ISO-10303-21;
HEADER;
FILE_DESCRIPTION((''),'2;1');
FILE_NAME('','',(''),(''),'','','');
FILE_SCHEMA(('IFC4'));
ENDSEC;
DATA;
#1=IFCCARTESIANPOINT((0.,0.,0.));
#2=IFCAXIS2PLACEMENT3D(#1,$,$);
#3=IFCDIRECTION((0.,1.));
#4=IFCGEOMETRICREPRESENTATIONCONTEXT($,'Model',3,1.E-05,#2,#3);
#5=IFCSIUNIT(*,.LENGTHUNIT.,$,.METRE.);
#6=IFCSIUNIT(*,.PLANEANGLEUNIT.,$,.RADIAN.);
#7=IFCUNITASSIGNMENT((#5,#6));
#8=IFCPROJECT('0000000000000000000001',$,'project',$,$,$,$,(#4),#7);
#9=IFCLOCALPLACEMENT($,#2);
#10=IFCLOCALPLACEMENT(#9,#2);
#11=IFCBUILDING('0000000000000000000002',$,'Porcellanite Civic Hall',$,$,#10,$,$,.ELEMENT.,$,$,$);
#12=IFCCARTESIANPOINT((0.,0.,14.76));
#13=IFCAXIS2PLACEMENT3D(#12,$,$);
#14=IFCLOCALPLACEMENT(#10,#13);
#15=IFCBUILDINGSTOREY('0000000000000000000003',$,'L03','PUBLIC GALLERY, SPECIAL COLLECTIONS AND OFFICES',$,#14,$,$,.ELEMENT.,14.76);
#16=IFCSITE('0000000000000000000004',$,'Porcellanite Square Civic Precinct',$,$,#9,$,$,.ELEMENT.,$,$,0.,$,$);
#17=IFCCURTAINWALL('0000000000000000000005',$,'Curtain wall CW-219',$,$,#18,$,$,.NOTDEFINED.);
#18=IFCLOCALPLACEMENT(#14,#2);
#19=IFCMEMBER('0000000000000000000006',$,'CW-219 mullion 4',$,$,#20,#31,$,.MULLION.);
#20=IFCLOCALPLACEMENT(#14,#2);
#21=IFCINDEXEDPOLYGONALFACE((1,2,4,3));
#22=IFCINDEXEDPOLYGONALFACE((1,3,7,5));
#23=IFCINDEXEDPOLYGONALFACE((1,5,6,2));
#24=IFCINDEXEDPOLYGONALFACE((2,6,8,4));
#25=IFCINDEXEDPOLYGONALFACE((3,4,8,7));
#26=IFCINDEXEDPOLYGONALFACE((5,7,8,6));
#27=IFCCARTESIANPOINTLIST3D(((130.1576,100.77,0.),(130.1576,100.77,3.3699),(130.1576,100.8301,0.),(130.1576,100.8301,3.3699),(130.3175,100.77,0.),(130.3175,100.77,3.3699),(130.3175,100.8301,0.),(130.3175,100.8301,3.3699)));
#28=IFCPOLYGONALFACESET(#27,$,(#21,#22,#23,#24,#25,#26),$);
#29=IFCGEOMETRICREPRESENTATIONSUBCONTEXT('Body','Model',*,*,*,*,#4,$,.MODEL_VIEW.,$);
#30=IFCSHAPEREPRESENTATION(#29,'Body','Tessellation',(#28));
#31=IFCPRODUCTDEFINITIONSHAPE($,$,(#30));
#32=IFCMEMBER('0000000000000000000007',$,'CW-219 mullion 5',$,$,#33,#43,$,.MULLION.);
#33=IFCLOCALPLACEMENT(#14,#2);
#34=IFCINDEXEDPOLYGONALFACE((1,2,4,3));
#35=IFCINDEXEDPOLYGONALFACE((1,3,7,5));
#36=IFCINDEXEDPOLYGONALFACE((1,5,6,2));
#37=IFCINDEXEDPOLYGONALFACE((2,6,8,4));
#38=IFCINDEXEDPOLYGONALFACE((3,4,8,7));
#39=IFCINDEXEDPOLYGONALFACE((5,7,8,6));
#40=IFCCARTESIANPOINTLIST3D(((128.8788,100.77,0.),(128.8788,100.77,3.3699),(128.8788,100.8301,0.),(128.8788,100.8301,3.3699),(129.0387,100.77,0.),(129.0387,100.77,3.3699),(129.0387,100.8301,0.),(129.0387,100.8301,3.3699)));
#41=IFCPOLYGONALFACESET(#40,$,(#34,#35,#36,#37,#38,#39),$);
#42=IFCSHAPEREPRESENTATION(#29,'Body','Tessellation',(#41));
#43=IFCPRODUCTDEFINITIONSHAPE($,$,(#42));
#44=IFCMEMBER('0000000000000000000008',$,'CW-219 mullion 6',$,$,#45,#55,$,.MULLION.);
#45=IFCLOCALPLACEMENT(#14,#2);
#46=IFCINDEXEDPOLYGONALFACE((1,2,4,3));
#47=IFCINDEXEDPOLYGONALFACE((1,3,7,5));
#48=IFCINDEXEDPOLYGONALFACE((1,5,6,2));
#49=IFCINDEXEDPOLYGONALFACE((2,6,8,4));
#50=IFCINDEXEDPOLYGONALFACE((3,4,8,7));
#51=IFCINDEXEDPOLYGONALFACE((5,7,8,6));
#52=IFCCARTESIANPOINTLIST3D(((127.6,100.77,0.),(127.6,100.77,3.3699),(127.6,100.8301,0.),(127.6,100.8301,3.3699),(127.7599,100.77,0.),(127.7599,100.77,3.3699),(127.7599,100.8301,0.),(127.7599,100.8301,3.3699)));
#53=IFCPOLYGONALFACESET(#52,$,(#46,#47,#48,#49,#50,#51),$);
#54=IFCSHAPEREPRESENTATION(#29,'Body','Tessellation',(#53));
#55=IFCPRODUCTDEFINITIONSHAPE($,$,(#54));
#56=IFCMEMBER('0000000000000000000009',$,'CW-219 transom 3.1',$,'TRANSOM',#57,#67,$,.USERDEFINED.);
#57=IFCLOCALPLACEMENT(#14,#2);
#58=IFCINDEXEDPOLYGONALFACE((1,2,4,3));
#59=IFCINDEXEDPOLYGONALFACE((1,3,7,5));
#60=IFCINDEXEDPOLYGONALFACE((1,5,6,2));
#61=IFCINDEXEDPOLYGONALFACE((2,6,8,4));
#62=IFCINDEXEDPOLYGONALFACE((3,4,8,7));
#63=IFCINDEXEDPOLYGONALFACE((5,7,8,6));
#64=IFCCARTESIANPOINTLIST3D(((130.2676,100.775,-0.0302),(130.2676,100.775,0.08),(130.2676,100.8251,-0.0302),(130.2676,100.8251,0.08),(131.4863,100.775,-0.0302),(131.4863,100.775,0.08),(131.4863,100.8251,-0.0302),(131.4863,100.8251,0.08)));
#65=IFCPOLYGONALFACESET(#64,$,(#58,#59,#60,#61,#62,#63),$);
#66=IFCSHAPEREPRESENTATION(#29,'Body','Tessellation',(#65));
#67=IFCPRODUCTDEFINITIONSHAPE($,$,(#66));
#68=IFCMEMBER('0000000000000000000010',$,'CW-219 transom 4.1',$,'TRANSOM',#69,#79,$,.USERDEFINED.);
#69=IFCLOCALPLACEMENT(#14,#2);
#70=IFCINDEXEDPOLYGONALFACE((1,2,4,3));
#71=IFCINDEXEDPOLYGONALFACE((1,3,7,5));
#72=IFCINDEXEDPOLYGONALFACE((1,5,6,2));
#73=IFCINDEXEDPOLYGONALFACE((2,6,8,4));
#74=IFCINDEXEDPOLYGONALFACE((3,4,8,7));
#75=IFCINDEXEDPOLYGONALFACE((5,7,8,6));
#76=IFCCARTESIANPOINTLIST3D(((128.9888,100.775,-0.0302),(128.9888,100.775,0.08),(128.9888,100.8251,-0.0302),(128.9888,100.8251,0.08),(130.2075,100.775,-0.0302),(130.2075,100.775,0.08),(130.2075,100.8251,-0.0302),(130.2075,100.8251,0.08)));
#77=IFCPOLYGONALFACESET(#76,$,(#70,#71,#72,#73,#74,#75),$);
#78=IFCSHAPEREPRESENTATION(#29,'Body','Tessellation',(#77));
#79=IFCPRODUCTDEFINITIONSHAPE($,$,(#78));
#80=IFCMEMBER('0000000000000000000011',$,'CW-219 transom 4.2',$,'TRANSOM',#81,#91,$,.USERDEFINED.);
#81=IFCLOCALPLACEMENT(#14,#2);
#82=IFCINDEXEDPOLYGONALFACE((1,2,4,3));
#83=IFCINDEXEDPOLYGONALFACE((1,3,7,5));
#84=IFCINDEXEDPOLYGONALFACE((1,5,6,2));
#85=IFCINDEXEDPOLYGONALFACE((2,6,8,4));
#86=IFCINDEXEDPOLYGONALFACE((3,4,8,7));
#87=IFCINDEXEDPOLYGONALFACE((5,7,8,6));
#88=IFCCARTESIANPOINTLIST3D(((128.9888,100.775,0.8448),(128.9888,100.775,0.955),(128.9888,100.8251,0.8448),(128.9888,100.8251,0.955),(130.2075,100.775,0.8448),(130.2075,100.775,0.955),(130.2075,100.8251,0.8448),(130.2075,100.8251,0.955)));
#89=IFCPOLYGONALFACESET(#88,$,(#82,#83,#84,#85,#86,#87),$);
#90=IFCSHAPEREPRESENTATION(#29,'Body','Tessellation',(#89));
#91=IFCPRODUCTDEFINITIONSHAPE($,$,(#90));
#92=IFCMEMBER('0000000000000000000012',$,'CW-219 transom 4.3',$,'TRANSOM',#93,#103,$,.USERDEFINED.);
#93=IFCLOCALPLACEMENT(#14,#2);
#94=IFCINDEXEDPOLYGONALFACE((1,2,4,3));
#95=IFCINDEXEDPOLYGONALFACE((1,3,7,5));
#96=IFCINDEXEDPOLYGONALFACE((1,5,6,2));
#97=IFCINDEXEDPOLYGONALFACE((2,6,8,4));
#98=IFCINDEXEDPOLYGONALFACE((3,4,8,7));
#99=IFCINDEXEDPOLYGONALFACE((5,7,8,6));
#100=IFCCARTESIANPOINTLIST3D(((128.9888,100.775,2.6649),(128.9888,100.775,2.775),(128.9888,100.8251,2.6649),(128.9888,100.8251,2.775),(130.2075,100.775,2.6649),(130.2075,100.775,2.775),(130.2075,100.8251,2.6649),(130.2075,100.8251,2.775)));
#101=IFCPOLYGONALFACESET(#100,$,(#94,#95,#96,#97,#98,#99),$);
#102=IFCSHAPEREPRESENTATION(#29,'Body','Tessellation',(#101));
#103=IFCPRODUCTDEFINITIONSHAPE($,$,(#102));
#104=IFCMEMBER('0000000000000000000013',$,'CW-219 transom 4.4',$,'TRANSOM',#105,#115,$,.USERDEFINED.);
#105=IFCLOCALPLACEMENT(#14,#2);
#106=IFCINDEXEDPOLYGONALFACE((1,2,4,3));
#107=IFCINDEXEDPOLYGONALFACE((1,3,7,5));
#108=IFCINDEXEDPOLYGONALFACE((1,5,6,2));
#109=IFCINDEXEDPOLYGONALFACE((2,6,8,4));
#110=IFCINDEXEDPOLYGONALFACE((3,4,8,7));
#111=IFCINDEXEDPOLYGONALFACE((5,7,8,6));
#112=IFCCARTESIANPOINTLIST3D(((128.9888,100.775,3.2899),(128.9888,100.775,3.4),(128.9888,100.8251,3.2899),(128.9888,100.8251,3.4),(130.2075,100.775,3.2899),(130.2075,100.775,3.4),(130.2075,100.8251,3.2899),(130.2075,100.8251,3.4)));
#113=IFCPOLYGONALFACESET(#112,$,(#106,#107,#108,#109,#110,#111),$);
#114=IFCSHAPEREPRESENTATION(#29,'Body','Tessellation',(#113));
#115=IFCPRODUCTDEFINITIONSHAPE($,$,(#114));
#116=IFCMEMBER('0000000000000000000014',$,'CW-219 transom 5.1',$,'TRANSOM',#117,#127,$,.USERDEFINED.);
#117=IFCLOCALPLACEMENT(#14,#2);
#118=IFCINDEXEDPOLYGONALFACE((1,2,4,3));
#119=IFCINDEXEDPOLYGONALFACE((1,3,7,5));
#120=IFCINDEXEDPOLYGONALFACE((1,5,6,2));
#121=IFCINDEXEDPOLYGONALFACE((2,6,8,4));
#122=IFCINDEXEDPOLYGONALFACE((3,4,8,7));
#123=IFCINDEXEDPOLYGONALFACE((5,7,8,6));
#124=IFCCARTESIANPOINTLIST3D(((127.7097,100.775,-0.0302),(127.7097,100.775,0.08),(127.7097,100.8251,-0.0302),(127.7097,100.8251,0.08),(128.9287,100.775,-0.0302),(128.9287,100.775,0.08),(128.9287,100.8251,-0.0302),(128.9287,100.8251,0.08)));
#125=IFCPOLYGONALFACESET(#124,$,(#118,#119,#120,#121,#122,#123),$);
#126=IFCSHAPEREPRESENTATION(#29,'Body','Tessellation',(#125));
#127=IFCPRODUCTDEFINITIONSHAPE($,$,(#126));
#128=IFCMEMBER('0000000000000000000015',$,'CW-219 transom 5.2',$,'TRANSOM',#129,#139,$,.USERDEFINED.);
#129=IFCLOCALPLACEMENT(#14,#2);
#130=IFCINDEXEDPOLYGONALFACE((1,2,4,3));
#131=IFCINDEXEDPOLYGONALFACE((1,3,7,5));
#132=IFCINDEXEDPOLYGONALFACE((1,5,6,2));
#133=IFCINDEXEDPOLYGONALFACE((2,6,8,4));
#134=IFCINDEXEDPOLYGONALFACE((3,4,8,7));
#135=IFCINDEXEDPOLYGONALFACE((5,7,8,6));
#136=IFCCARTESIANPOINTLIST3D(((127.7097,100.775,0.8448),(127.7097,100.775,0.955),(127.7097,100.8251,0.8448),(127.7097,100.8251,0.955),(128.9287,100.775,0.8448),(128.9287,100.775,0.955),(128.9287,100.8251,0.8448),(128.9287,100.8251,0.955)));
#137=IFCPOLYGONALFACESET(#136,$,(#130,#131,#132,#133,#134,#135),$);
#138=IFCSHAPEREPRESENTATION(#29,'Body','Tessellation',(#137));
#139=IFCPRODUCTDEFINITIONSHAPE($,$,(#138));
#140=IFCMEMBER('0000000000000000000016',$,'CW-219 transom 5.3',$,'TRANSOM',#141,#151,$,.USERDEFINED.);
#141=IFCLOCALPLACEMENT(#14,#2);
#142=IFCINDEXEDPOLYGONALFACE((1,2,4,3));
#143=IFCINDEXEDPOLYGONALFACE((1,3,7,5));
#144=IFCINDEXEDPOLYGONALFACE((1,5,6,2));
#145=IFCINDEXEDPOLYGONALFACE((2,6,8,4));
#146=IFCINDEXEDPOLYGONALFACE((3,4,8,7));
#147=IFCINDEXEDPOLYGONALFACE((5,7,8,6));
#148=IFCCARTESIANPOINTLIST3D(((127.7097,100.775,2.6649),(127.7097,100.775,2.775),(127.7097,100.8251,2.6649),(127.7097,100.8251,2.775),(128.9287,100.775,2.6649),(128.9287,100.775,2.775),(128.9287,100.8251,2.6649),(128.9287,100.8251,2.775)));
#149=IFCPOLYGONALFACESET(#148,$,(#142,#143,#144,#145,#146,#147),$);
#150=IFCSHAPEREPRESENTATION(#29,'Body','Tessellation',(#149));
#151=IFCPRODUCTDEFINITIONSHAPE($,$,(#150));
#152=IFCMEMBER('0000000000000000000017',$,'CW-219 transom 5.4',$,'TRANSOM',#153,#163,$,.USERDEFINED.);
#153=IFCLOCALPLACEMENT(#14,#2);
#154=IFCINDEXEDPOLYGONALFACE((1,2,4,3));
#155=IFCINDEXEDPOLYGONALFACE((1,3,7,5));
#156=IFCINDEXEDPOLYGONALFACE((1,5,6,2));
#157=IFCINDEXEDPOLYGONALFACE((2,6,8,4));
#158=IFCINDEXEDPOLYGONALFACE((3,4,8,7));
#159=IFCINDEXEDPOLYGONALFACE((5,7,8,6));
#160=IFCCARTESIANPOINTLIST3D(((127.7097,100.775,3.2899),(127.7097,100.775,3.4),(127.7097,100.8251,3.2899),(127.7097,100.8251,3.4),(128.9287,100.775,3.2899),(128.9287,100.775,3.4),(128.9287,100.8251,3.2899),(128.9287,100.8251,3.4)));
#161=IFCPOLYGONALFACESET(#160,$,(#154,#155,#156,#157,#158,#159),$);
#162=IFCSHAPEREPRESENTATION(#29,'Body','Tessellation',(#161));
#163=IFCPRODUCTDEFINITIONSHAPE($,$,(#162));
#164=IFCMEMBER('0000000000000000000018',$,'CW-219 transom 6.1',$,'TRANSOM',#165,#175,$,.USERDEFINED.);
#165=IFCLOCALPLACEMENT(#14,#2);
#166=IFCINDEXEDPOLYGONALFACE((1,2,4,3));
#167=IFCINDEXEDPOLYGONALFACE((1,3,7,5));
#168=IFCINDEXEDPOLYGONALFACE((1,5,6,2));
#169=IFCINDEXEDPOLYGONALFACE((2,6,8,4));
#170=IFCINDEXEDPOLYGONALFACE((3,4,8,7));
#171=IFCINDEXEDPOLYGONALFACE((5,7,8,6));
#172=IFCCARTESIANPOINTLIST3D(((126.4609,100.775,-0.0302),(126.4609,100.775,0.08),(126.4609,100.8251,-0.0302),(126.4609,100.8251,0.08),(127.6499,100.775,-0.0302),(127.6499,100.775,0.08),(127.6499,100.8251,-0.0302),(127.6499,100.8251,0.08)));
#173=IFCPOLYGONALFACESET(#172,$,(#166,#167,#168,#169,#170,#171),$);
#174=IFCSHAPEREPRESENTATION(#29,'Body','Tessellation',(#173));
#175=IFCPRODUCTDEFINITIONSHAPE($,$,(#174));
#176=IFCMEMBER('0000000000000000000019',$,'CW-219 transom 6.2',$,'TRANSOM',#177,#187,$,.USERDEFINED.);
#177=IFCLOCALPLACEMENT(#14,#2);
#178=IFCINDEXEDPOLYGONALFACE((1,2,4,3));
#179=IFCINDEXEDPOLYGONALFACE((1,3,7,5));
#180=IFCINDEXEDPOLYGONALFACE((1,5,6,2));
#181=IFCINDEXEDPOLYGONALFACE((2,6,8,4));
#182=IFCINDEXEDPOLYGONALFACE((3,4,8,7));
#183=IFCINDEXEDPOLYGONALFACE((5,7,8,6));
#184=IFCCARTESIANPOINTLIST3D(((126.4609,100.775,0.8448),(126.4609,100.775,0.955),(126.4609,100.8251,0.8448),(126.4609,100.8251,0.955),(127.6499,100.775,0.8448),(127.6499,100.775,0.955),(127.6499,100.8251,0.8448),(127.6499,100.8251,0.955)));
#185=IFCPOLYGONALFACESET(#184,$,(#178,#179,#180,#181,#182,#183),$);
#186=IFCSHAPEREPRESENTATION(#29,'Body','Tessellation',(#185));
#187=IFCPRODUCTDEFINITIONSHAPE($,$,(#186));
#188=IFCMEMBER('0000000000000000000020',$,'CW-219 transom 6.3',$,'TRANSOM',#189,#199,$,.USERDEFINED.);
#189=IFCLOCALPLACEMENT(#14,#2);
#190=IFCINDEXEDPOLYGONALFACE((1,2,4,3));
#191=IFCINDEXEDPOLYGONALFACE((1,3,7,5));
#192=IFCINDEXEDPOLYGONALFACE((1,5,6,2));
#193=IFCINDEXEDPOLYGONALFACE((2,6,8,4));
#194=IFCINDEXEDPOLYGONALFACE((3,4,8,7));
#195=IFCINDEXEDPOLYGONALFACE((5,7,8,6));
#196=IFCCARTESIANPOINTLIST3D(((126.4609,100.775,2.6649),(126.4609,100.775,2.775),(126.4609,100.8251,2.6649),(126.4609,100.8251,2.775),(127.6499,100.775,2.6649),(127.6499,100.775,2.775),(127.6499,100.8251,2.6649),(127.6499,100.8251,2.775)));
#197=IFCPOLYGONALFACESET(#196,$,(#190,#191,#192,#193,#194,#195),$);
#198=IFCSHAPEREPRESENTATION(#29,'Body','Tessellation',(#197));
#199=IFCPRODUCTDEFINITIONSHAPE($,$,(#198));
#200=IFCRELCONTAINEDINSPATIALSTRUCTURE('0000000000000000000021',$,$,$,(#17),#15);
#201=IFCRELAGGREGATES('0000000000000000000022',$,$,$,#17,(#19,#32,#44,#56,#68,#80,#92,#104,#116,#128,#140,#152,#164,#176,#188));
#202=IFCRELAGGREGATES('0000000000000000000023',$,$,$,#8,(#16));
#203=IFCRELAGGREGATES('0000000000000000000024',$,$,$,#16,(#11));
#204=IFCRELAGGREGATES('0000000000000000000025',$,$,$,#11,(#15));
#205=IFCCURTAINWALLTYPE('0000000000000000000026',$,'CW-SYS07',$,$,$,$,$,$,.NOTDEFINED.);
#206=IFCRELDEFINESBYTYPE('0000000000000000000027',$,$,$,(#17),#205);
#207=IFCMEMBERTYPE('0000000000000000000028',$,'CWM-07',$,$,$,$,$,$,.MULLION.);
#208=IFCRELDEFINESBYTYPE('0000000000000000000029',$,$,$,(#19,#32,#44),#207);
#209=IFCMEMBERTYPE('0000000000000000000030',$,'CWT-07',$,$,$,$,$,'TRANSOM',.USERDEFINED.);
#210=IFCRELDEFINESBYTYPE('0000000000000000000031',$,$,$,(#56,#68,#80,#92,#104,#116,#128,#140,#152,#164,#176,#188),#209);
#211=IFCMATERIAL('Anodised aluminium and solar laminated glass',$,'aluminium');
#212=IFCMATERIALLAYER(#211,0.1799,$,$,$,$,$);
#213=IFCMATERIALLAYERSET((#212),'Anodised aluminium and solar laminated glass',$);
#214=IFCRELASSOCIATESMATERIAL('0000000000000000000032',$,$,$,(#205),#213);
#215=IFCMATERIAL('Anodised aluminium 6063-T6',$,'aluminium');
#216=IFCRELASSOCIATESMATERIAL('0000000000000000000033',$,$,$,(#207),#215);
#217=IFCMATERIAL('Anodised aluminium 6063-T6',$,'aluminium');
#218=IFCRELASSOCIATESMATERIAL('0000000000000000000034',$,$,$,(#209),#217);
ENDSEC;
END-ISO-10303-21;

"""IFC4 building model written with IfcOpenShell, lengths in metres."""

from ifc_helpers import new_model, si_unit, direction, frame, origin, origin_2d, place, context, subcontext, project, spatial, rectangle, extrude, material, layer, layer_set, material_profile, profile_set, type_object, element, aggregate, save


model = new_model("IFC4")

# Units and contexts
model_context = context("Model", 3, precision=1e-05, world=origin(), true_north=direction((0.0, 1.0)))
body_context = subcontext(model_context, "Body", "Model", "MODEL_VIEW")
ifc_project = project(units=[si_unit("LENGTHUNIT", "METRE"), si_unit("PLANEANGLEUNIT", "RADIAN")], contexts=[model_context])

# Site, building, storey
site_placement = place(None, origin())
site = spatial("IfcSite", under=ifc_project, at=site_placement, Name="Porcellanite Square Civic Precinct", CompositionType="ELEMENT", RefElevation=0.0)
building_placement = place(site_placement, origin())
building = spatial("IfcBuilding", under=site, at=building_placement, Name="Porcellanite Civic Hall", CompositionType="ELEMENT")
storey_placement = place(building_placement, frame((0.0, 0.0, 14.76)))
storey = spatial("IfcBuildingStorey", under=building, at=storey_placement, Name="L03", Description="PUBLIC GALLERY, SPECIAL COLLECTIONS AND OFFICES", CompositionType="ELEMENT", Elevation=14.76)

# Curtain wall, members
ifc_material_1 = material(Name="Anodised aluminium and solar laminated glass", Category="aluminium")
ifc_layer_1 = layer(ifc_material_1, 0.1799)
ifc_layer_set_1 = layer_set([ifc_layer_1], Name="Anodised aluminium and solar laminated glass")
curtain_wall_type = type_object("IfcCurtainWallType", Name="CW-SYS07", PredefinedType="NOTDEFINED", material=ifc_layer_set_1)
curtain_wall_placement = place(storey_placement, origin())
curtain_wall = element("IfcCurtainWall", 1, at=curtain_wall_placement, inside=storey, type_object=curtain_wall_type, Name="Curtain wall CW-219", PredefinedType="NOTDEFINED")
ifc_material_2 = material(Name="Anodised aluminium 6063-T6", Category="aluminium")
ifc_material_profile_1 = material_profile(ifc_material_2, rectangle(XDim=0.0601, YDim=0.1599, at=origin_2d()), Name="AL-60x160")
ifc_profile_set_1 = profile_set([ifc_material_profile_1], Name="Anodised aluminium 6063-T6")
member_type_1 = type_object("IfcMemberType", Name="CWM-07", PredefinedType="MULLION", material=ifc_profile_set_1)
member_1_placement = place(storey_placement, frame((130.2375, 100.8, 0.0), z_axis=(0.0, 0.0, 1.0), x_axis=(0.0, -1.0, 0.0)))
member_1 = element("IfcMember", 2, at=member_1_placement, type_object=member_type_1, Name="CW-219 mullion 4", PredefinedType="MULLION", context=body_context, shape_type="SweptSolid", body=[
    extrude(rectangle(XDim=0.0601, YDim=0.1599, at=origin_2d()), origin(), (0.0, 0.0, 1.0), 3.3699),
])
member_2_placement = place(storey_placement, frame((128.9587, 100.8, 0.0), z_axis=(0.0, 0.0, 1.0), x_axis=(0.0, -1.0, 0.0)))
member_2 = element("IfcMember", 3, at=member_2_placement, type_object=member_type_1, Name="CW-219 mullion 5", PredefinedType="MULLION", context=body_context, shape_type="SweptSolid", body=[
    extrude(rectangle(XDim=0.0601, YDim=0.1599, at=origin_2d()), origin(), (0.0, 0.0, 1.0), 3.3699),
])
member_3_placement = place(storey_placement, frame((127.6799, 100.8, 0.0), z_axis=(0.0, 0.0, 1.0), x_axis=(0.0, -1.0, 0.0)))
member_3 = element("IfcMember", 4, at=member_3_placement, type_object=member_type_1, Name="CW-219 mullion 6", PredefinedType="MULLION", context=body_context, shape_type="SweptSolid", body=[
    extrude(rectangle(XDim=0.0601, YDim=0.1599, at=origin_2d()), origin(), (0.0, 0.0, 1.0), 3.3699),
])
ifc_material_3 = material(Name="Anodised aluminium 6063-T6", Category="aluminium")
ifc_material_profile_2 = material_profile(ifc_material_3, rectangle(XDim=0.05, YDim=0.1101, at=origin_2d()), Name="AL-50x110")
ifc_profile_set_2 = profile_set([ifc_material_profile_2], Name="Anodised aluminium 6063-T6")
member_type_2 = type_object("IfcMemberType", Name="CWT-07", ElementType="TRANSOM", PredefinedType="USERDEFINED", material=ifc_profile_set_2)
member_4_placement = place(storey_placement, frame((131.4863, 100.8, 0.0249), z_axis=(-1.0, 0.0, 0.0), x_axis=(0.0, -1.0, 0.0)))
member_4 = element("IfcMember", 5, at=member_4_placement, type_object=member_type_2, Name="CW-219 transom 3.1", ObjectType="TRANSOM", PredefinedType="USERDEFINED", context=body_context, shape_type="SweptSolid", body=[
    extrude(rectangle(XDim=0.05, YDim=0.1101, at=origin_2d()), origin(), (0.0, 0.0, 1.0), 1.2188),
])
member_5_placement = place(storey_placement, frame((130.2075, 100.8, 0.0249), z_axis=(-1.0, 0.0, 0.0), x_axis=(0.0, -1.0, 0.0)))
member_5 = element("IfcMember", 6, at=member_5_placement, type_object=member_type_2, Name="CW-219 transom 4.1", ObjectType="TRANSOM", PredefinedType="USERDEFINED", context=body_context, shape_type="SweptSolid", body=[
    extrude(rectangle(XDim=0.05, YDim=0.1101, at=origin_2d()), origin(), (0.0, 0.0, 1.0), 1.2188),
])
member_6_placement = place(storey_placement, frame((130.2075, 100.8, 0.8999), z_axis=(-1.0, 0.0, 0.0), x_axis=(0.0, -1.0, 0.0)))
member_6 = element("IfcMember", 7, at=member_6_placement, type_object=member_type_2, Name="CW-219 transom 4.2", ObjectType="TRANSOM", PredefinedType="USERDEFINED", context=body_context, shape_type="SweptSolid", body=[
    extrude(rectangle(XDim=0.05, YDim=0.1101, at=origin_2d()), origin(), (0.0, 0.0, 1.0), 1.2188),
])
member_7_placement = place(storey_placement, frame((130.2075, 100.8, 2.72), z_axis=(-1.0, 0.0, 0.0), x_axis=(0.0, -1.0, 0.0)))
member_7 = element("IfcMember", 8, at=member_7_placement, type_object=member_type_2, Name="CW-219 transom 4.3", ObjectType="TRANSOM", PredefinedType="USERDEFINED", context=body_context, shape_type="SweptSolid", body=[
    extrude(rectangle(XDim=0.05, YDim=0.1101, at=origin_2d()), origin(), (0.0, 0.0, 1.0), 1.2188),
])
member_8_placement = place(storey_placement, frame((130.2075, 100.8, 3.345), z_axis=(-1.0, 0.0, 0.0), x_axis=(0.0, -1.0, 0.0)))
member_8 = element("IfcMember", 9, at=member_8_placement, type_object=member_type_2, Name="CW-219 transom 4.4", ObjectType="TRANSOM", PredefinedType="USERDEFINED", context=body_context, shape_type="SweptSolid", body=[
    extrude(rectangle(XDim=0.05, YDim=0.1101, at=origin_2d()), origin(), (0.0, 0.0, 1.0), 1.2188),
])
member_9_placement = place(storey_placement, frame((128.9287, 100.8, 0.0249), z_axis=(-1.0, 0.0, 0.0), x_axis=(0.0, -1.0, 0.0)))
member_9 = element("IfcMember", 10, at=member_9_placement, type_object=member_type_2, Name="CW-219 transom 5.1", ObjectType="TRANSOM", PredefinedType="USERDEFINED", context=body_context, shape_type="SweptSolid", body=[
    extrude(rectangle(XDim=0.05, YDim=0.1101, at=origin_2d()), origin(), (0.0, 0.0, 1.0), 1.219),
])
member_10_placement = place(storey_placement, frame((128.9287, 100.8, 0.8999), z_axis=(-1.0, 0.0, 0.0), x_axis=(0.0, -1.0, 0.0)))
member_10 = element("IfcMember", 11, at=member_10_placement, type_object=member_type_2, Name="CW-219 transom 5.2", ObjectType="TRANSOM", PredefinedType="USERDEFINED", context=body_context, shape_type="SweptSolid", body=[
    extrude(rectangle(XDim=0.05, YDim=0.1101, at=origin_2d()), origin(), (0.0, 0.0, 1.0), 1.219),
])
member_11_placement = place(storey_placement, frame((128.9287, 100.8, 2.72), z_axis=(-1.0, 0.0, 0.0), x_axis=(0.0, -1.0, 0.0)))
member_11 = element("IfcMember", 12, at=member_11_placement, type_object=member_type_2, Name="CW-219 transom 5.3", ObjectType="TRANSOM", PredefinedType="USERDEFINED", context=body_context, shape_type="SweptSolid", body=[
    extrude(rectangle(XDim=0.05, YDim=0.1101, at=origin_2d()), origin(), (0.0, 0.0, 1.0), 1.219),
])
member_12_placement = place(storey_placement, frame((128.9287, 100.8, 3.345), z_axis=(-1.0, 0.0, 0.0), x_axis=(0.0, -1.0, 0.0)))
member_12 = element("IfcMember", 13, at=member_12_placement, type_object=member_type_2, Name="CW-219 transom 5.4", ObjectType="TRANSOM", PredefinedType="USERDEFINED", context=body_context, shape_type="SweptSolid", body=[
    extrude(rectangle(XDim=0.05, YDim=0.1101, at=origin_2d()), origin(), (0.0, 0.0, 1.0), 1.219),
])
member_13_placement = place(storey_placement, frame((127.6499, 100.8, 0.0249), z_axis=(-1.0, 0.0, 0.0), x_axis=(0.0, -1.0, 0.0)))
member_13 = element("IfcMember", 14, at=member_13_placement, type_object=member_type_2, Name="CW-219 transom 6.1", ObjectType="TRANSOM", PredefinedType="USERDEFINED", context=body_context, shape_type="SweptSolid", body=[
    extrude(rectangle(XDim=0.05, YDim=0.1101, at=origin_2d()), origin(), (0.0, 0.0, 1.0), 1.189),
])
member_14_placement = place(storey_placement, frame((127.6499, 100.8, 0.8999), z_axis=(-1.0, 0.0, 0.0), x_axis=(0.0, -1.0, 0.0)))
member_14 = element("IfcMember", 15, at=member_14_placement, type_object=member_type_2, Name="CW-219 transom 6.2", ObjectType="TRANSOM", PredefinedType="USERDEFINED", context=body_context, shape_type="SweptSolid", body=[
    extrude(rectangle(XDim=0.05, YDim=0.1101, at=origin_2d()), origin(), (0.0, 0.0, 1.0), 1.189),
])
member_15_placement = place(storey_placement, frame((127.6499, 100.8, 2.72), z_axis=(-1.0, 0.0, 0.0), x_axis=(0.0, -1.0, 0.0)))
member_15 = element("IfcMember", 16, at=member_15_placement, type_object=member_type_2, Name="CW-219 transom 6.3", ObjectType="TRANSOM", PredefinedType="USERDEFINED", context=body_context, shape_type="SweptSolid", body=[
    extrude(rectangle(XDim=0.05, YDim=0.1101, at=origin_2d()), origin(), (0.0, 0.0, 1.0), 1.189),
])
aggregate(curtain_wall, [member_1, member_2, member_3, member_4, member_5, member_6, member_7, member_8, member_9, member_10, member_11, member_12, member_13, member_14, member_15])

save(model, "model.ifc")
